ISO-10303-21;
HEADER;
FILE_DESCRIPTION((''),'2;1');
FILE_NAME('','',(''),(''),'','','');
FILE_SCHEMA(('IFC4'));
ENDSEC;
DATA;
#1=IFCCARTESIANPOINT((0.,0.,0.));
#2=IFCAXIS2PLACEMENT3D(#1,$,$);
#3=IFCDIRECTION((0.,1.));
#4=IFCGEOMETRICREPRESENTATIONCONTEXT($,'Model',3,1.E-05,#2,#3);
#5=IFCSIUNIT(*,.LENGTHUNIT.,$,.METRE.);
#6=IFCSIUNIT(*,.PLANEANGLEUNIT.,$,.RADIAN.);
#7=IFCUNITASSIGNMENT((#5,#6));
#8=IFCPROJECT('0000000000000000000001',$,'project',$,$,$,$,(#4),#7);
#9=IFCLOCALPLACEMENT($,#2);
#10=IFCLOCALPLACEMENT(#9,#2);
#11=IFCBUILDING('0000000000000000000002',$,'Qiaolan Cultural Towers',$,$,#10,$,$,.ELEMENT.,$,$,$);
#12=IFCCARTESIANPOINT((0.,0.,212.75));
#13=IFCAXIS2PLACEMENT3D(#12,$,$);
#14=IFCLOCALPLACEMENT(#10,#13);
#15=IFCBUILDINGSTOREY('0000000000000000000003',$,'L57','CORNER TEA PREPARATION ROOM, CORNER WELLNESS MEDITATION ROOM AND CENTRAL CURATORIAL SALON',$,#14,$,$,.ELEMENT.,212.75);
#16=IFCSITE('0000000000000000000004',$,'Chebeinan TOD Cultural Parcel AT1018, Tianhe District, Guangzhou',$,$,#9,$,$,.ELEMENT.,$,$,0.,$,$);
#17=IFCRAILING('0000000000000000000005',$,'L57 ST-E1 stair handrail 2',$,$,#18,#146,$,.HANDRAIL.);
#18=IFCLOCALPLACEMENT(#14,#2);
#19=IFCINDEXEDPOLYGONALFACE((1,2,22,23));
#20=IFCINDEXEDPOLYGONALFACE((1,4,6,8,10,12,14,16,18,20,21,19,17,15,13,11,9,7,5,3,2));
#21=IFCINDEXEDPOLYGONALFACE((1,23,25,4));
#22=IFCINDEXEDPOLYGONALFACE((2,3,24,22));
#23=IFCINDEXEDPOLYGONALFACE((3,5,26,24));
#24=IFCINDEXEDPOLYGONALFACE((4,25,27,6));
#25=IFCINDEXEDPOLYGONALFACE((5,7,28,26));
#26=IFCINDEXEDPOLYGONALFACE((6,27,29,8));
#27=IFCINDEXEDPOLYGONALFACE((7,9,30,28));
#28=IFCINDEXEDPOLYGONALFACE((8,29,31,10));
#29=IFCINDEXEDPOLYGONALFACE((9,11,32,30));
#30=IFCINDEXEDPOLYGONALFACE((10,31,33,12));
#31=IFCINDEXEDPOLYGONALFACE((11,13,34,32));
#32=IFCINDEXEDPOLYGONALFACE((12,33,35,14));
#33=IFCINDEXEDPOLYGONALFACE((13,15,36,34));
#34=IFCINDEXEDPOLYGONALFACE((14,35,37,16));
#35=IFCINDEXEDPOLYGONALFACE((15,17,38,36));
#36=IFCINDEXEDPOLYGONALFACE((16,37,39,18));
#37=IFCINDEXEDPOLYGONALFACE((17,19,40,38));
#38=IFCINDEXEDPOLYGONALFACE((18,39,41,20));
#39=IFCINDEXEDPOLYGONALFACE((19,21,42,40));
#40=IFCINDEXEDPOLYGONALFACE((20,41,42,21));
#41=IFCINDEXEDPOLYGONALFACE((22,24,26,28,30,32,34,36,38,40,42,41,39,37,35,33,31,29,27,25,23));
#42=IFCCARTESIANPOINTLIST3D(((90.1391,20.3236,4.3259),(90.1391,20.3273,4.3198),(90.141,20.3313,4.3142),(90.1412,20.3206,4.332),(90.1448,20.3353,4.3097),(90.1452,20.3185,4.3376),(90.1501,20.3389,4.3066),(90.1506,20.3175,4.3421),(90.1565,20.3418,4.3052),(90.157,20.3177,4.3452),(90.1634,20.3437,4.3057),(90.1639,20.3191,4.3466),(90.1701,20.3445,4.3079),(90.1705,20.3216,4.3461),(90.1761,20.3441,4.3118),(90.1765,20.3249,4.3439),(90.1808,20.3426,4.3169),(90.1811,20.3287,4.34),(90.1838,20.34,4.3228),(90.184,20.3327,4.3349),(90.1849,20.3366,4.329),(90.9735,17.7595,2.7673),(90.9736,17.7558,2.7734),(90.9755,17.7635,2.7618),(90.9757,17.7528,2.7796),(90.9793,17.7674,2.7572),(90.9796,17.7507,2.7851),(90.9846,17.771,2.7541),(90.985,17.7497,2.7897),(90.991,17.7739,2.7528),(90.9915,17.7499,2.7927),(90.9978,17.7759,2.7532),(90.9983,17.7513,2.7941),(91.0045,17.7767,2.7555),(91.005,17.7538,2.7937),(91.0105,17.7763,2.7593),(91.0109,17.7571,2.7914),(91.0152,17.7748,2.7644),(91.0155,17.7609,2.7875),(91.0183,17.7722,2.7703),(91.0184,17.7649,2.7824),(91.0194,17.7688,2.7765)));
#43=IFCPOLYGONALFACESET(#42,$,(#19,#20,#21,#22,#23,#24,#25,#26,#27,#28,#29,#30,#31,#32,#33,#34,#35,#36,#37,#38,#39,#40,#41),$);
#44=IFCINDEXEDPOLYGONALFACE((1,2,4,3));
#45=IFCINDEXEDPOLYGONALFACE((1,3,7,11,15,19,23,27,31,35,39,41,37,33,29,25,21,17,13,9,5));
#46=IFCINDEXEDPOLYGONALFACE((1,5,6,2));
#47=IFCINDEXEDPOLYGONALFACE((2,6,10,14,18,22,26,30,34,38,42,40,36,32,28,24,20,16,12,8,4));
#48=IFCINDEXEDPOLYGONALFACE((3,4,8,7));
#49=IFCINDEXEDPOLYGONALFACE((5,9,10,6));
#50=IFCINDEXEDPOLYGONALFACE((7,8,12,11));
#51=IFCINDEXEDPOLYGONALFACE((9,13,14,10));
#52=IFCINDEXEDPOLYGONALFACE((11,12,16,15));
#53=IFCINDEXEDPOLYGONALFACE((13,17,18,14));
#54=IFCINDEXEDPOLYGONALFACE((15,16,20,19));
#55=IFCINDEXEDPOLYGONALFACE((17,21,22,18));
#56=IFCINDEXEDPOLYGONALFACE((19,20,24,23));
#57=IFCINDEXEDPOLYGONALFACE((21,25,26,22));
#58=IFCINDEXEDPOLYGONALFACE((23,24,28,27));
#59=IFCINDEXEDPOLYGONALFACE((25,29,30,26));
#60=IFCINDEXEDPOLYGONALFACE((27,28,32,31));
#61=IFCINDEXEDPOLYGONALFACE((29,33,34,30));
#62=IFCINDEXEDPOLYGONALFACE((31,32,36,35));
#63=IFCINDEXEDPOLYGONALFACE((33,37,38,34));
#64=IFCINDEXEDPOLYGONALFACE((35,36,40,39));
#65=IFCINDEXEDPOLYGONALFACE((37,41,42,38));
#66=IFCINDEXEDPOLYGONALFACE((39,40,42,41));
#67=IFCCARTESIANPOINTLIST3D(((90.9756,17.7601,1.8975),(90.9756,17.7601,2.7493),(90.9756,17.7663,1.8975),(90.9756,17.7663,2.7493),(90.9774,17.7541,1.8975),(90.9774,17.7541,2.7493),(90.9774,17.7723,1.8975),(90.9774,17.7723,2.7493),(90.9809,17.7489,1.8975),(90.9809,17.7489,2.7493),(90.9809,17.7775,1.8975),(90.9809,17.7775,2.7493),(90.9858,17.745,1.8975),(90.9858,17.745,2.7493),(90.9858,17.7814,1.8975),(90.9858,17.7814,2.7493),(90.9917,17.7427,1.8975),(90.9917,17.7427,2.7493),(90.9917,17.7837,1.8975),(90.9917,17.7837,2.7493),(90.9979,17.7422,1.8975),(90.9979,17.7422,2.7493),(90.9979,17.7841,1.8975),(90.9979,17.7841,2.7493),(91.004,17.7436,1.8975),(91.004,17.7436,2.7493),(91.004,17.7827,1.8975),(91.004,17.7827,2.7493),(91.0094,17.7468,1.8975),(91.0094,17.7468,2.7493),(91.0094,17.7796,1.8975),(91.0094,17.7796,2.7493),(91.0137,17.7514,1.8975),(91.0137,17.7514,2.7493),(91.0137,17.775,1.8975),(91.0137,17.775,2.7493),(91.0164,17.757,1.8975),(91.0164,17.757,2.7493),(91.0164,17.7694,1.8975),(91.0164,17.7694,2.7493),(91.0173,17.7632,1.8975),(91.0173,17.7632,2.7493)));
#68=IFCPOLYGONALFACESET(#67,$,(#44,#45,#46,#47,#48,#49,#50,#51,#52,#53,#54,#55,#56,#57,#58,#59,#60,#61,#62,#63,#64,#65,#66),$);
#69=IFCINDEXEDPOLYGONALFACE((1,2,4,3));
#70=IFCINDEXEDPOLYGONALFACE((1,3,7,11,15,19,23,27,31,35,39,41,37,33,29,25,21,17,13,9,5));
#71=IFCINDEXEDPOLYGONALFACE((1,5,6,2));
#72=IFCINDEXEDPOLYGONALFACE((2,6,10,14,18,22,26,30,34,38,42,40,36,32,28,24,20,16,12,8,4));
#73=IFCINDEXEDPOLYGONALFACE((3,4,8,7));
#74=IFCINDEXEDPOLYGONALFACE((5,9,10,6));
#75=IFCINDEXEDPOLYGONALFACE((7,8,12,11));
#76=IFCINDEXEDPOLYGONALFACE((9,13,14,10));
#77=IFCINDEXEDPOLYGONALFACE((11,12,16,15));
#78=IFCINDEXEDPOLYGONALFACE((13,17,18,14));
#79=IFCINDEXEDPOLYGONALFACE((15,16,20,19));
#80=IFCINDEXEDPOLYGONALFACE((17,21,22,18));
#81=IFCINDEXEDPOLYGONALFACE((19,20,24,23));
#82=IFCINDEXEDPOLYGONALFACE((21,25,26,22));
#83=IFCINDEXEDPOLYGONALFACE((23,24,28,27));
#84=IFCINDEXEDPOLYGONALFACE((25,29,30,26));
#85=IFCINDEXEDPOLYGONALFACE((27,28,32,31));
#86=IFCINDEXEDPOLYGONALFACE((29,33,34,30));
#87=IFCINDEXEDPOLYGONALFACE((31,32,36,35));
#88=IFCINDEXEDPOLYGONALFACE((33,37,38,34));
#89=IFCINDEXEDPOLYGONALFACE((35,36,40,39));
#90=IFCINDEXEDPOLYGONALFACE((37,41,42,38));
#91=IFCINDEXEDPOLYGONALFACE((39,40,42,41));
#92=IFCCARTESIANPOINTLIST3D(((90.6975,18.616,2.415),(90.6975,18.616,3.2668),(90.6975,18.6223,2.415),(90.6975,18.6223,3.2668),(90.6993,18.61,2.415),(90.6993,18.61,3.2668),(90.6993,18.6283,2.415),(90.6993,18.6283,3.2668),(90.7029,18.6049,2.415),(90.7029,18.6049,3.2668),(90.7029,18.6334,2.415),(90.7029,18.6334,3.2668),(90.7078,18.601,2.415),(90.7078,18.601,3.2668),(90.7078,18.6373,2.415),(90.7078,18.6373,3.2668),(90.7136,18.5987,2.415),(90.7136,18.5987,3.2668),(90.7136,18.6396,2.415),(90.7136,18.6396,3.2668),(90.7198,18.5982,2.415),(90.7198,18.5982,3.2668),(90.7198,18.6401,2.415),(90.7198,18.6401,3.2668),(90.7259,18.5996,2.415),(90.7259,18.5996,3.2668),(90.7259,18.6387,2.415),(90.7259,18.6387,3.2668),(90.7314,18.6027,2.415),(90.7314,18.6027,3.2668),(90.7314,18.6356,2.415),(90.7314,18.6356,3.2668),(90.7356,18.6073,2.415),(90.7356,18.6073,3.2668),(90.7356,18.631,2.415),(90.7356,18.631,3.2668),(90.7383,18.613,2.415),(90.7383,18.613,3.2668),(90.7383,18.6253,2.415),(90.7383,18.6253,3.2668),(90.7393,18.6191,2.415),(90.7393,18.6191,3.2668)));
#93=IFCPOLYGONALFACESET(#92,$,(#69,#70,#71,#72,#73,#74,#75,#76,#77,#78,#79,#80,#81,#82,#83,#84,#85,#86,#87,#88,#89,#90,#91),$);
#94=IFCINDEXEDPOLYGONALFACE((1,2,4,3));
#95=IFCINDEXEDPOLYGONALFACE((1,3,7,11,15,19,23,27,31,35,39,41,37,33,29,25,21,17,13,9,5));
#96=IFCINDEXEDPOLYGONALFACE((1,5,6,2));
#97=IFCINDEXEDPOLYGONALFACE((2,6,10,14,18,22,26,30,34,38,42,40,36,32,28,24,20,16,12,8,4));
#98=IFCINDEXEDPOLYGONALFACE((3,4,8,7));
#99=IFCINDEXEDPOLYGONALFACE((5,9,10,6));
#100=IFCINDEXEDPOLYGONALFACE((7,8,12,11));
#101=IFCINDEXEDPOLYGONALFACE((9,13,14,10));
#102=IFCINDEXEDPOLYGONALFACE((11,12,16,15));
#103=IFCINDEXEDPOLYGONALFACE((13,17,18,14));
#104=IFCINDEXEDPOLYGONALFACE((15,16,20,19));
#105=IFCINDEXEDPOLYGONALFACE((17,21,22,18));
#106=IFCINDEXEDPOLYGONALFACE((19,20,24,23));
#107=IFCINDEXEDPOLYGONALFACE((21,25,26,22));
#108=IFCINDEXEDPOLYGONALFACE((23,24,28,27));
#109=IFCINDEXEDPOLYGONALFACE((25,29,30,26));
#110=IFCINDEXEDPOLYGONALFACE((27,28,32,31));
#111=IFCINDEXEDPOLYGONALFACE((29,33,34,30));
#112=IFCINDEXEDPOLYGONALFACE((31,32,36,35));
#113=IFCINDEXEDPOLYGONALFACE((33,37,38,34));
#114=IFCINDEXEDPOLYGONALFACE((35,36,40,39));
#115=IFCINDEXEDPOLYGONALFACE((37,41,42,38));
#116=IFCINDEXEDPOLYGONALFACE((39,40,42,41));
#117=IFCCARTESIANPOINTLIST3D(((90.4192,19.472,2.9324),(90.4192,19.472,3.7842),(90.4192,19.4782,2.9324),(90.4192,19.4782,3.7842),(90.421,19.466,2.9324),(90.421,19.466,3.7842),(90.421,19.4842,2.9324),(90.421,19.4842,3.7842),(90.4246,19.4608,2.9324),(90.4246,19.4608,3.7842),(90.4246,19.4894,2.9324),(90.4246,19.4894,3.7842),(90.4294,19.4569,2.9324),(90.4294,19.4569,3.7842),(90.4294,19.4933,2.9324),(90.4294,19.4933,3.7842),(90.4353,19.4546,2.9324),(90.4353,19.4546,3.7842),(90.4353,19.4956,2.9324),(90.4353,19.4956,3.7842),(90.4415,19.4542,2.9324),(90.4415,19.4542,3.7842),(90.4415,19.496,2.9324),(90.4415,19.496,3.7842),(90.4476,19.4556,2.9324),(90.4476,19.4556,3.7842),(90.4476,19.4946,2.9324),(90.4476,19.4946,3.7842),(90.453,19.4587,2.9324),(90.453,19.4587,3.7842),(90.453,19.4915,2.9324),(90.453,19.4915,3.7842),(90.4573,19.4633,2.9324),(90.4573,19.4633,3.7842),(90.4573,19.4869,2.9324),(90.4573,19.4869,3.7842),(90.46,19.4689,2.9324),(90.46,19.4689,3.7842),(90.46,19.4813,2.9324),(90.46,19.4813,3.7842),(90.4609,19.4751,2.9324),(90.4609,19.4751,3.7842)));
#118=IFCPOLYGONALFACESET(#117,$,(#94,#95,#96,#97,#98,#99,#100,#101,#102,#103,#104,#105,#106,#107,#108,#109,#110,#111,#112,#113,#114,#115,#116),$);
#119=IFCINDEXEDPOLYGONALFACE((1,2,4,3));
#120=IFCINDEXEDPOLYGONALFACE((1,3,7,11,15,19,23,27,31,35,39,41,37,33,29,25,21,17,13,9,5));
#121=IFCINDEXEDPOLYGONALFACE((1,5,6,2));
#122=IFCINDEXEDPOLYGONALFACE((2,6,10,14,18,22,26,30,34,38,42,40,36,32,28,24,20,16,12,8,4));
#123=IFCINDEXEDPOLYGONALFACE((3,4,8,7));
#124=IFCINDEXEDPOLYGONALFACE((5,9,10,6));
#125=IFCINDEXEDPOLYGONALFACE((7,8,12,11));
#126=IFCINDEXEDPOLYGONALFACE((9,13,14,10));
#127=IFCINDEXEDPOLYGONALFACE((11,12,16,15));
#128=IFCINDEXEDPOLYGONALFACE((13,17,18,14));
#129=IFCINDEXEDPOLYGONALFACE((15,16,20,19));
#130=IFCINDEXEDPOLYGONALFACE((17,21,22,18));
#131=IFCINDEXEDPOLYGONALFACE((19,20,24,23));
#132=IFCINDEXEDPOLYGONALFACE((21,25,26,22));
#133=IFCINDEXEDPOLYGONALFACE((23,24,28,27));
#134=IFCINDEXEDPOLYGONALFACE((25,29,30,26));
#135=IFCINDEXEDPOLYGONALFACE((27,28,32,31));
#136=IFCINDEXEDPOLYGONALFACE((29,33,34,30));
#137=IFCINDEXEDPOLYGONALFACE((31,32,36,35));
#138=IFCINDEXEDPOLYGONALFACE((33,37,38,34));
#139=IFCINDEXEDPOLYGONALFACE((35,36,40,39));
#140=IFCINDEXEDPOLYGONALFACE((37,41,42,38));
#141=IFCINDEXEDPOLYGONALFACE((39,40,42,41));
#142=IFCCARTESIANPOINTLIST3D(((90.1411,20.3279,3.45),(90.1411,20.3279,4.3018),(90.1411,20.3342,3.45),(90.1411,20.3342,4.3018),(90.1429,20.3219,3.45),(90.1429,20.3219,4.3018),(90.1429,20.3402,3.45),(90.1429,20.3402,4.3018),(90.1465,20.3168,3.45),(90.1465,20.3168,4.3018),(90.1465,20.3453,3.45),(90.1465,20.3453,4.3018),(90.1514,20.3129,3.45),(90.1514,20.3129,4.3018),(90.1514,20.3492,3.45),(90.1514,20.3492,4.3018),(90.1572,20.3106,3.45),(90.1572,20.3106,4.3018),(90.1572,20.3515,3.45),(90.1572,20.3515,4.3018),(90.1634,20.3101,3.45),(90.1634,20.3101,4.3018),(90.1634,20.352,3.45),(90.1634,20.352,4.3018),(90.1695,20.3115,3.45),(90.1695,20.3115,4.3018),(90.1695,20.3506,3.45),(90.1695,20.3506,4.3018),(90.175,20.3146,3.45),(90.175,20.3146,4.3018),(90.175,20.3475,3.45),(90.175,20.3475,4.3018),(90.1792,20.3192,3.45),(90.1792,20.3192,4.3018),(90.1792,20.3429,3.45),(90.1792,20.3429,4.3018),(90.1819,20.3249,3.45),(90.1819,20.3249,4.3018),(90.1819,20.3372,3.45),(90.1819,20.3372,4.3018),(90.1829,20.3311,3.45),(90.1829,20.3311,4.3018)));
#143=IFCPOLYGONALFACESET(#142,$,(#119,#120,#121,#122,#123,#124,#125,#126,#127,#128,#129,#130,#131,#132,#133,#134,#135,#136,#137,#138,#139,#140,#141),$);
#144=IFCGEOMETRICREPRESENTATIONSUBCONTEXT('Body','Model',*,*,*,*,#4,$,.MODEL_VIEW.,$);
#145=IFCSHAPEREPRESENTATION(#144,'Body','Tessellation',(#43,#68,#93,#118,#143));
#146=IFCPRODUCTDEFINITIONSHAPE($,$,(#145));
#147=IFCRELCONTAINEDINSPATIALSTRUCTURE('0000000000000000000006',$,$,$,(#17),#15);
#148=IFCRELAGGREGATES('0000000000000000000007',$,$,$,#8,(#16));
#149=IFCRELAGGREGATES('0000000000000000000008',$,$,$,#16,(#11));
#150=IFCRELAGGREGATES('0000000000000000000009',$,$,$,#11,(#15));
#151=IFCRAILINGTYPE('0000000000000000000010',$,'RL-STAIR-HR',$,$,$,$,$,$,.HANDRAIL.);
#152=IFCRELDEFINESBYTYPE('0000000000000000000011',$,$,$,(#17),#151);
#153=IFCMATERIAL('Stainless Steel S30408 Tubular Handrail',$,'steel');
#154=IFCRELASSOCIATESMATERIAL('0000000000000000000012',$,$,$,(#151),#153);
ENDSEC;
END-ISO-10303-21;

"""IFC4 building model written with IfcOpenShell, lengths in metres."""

from ifc_helpers import new_model, si_unit, direction, frame, origin, origin_2d, place, context, subcontext, project, spatial, circle, extrude, material, type_object, element, save


model = new_model("IFC4")

# Units and contexts
model_context = context("Model", 3, precision=1e-05, world=origin(), true_north=direction((0.0, 1.0)))
body_context = subcontext(model_context, "Body", "Model", "MODEL_VIEW")
ifc_project = project(units=[si_unit("LENGTHUNIT", "METRE"), si_unit("PLANEANGLEUNIT", "RADIAN")], contexts=[model_context])

# Site, building, storey
site_placement = place(None, origin())
site = spatial("IfcSite", under=ifc_project, at=site_placement, Name="Chebeinan TOD Cultural Parcel AT1018, Tianhe District, Guangzhou", CompositionType="ELEMENT", RefElevation=0.0)
building_placement = place(site_placement, origin())
building = spatial("IfcBuilding", under=site, at=building_placement, Name="Qiaolan Cultural Towers", CompositionType="ELEMENT")
storey_placement = place(building_placement, frame((0.0, 0.0, 212.75)))
storey = spatial("IfcBuildingStorey", under=building, at=storey_placement, Name="L57", Description="CORNER TEA PREPARATION ROOM, CORNER WELLNESS MEDITATION ROOM AND CENTRAL CURATORIAL SALON", CompositionType="ELEMENT", Elevation=212.75)

# Railing
ifc_material_1 = material(Name="Stainless Steel S30408 Tubular Handrail", Category="steel")
railing_type_1 = type_object("IfcRailingType", Name="RL-STAIR-HR", PredefinedType="HANDRAIL", material=ifc_material_1)
railing_1_placement = place(storey_placement, frame((90.9963, 17.7632, 1.8975)))
element("IfcRailing", 1, at=railing_1_placement, inside=storey, type_object=railing_type_1, Name="L57 ST-E1 stair handrail 2", PredefinedType="HANDRAIL", context=body_context, shape_type="SweptSolid", body=[
    extrude(circle(Radius=0.0239, at=origin_2d()), frame((0.0, 0.0, 0.876), z_axis=(-0.267926, 0.824471, 0.498461), x_axis=(-0.951043, -0.309057, 0.0)), (0.0, 0.0, 1.0), 3.1145),
    extrude(circle(Radius=0.021, at=origin_2d()), origin(), (0.0, 0.0, 1.0), 0.8518),
    extrude(circle(Radius=0.021, at=origin_2d()), frame((-0.2781, 0.856, 0.5176)), (0.0, 0.0, 1.0), 0.8518),
    extrude(circle(Radius=0.021, at=origin_2d()), frame((-0.5564, 1.7119, 1.0349)), (0.0, 0.0, 1.0), 0.8518),
    extrude(circle(Radius=0.021, at=origin_2d()), frame((-0.8345, 2.5679, 1.5525)), (0.0, 0.0, 1.0), 0.8518),
])

save(model, "model.ifc")
